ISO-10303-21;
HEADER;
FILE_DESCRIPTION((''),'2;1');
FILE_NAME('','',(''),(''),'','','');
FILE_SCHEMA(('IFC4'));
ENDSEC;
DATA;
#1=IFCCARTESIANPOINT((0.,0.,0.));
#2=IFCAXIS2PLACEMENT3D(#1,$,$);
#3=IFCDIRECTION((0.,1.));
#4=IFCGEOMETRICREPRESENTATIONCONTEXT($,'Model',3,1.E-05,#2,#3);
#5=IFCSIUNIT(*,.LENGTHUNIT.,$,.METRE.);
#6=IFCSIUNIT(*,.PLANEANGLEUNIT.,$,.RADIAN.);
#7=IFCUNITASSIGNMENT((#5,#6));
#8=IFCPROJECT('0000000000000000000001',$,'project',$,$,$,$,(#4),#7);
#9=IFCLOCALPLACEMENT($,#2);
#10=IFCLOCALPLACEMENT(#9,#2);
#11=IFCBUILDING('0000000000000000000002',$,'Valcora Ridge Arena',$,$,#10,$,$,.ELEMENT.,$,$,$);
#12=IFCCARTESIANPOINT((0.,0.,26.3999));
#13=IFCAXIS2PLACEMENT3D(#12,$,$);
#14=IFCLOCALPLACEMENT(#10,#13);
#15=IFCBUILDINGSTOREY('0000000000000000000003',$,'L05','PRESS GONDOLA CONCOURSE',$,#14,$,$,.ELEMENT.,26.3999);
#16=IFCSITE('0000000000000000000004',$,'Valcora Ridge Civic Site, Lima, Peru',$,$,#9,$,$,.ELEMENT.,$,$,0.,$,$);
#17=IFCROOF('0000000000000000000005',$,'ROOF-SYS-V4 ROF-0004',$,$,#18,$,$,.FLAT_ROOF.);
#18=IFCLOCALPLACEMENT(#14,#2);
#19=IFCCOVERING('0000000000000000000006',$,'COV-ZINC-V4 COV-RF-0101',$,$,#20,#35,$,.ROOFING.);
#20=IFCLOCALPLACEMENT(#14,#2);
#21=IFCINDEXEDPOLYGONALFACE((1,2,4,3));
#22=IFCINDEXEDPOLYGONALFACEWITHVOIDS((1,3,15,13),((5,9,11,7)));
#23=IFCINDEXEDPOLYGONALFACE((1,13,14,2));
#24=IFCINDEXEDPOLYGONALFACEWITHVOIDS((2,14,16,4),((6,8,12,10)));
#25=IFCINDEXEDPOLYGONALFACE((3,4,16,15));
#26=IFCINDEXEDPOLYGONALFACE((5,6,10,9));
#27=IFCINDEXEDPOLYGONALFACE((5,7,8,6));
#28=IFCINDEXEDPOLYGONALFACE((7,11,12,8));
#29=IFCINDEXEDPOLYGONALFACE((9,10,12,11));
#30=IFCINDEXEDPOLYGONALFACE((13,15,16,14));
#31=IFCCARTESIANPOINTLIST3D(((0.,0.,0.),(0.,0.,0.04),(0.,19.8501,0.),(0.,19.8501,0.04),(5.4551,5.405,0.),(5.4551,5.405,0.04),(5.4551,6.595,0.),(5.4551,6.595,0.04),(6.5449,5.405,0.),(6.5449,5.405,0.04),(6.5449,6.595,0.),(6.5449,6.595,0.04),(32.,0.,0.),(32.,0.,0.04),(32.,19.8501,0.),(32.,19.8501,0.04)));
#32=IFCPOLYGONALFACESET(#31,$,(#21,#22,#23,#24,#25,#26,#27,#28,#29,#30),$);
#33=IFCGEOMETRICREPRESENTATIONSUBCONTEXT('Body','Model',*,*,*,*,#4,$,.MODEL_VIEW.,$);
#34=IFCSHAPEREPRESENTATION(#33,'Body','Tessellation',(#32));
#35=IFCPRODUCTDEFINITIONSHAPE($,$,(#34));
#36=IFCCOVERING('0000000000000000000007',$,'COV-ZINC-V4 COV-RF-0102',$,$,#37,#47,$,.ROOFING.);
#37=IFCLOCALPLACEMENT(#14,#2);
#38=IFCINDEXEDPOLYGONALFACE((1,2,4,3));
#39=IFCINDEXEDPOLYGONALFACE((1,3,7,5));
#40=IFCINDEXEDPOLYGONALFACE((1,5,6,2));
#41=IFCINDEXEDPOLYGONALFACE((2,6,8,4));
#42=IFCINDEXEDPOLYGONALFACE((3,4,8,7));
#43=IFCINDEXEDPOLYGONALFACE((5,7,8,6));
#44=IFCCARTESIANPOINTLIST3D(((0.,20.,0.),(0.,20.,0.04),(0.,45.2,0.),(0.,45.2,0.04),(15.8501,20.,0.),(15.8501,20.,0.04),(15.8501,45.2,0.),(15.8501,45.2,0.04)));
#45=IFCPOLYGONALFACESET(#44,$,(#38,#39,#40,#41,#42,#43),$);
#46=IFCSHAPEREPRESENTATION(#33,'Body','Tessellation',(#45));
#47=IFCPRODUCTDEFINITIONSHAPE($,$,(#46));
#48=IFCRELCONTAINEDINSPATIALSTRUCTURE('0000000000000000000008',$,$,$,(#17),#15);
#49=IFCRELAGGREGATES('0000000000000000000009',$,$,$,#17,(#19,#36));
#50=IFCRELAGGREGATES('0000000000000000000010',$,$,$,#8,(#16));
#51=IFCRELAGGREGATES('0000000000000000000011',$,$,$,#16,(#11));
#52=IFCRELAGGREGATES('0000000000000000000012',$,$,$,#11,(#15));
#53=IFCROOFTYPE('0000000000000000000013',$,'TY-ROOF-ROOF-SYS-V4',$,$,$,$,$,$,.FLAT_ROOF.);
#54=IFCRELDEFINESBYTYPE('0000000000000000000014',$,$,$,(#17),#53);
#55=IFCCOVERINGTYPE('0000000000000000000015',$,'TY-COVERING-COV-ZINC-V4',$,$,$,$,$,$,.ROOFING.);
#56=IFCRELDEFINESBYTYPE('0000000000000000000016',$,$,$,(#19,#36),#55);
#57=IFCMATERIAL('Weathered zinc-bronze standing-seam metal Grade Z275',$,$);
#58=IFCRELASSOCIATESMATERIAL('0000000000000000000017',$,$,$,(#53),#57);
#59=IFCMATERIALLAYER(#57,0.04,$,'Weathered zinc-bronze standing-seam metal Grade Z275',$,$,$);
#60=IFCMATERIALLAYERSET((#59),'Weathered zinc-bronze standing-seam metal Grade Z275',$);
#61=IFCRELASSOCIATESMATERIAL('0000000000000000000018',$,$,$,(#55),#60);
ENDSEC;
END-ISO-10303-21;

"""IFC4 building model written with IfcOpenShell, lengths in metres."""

from ifc_helpers import new_model, si_unit, direction, frame, origin, place, context, subcontext, project, spatial, polyline, outline, extrude, material, layer, layer_set, type_object, element, aggregate, save


model = new_model("IFC4")

# Units and contexts
model_context = context("Model", 3, precision=1e-05, world=origin(), true_north=direction((0.0, 1.0)))
body_context = subcontext(model_context, "Body", "Model", "MODEL_VIEW")
ifc_project = project(units=[si_unit("LENGTHUNIT", "METRE"), si_unit("PLANEANGLEUNIT", "RADIAN")], contexts=[model_context])

# Site, building, storey
site_placement = place(None, origin())
site = spatial("IfcSite", under=ifc_project, at=site_placement, Name="Valcora Ridge Civic Site, Lima, Peru", CompositionType="ELEMENT", RefElevation=0.0)
building_placement = place(site_placement, origin())
building = spatial("IfcBuilding", under=site, at=building_placement, Name="Valcora Ridge Arena", CompositionType="ELEMENT")
storey_placement = place(building_placement, frame((0.0, 0.0, 26.3999)))
storey = spatial("IfcBuildingStorey", under=building, at=storey_placement, Name="L05", Description="PRESS GONDOLA CONCOURSE", CompositionType="ELEMENT", Elevation=26.3999)

# Shared definitions
ifc_material_1 = material(Name="Weathered zinc-bronze standing-seam metal Grade Z275")

# Roof, coverings
roof_type = type_object("IfcRoofType", Name="TY-ROOF-ROOF-SYS-V4", PredefinedType="FLAT_ROOF", material=ifc_material_1)
roof_placement = place(storey_placement, origin())
roof = element("IfcRoof", 1, at=roof_placement, inside=storey, type_object=roof_type, Name="ROOF-SYS-V4 ROF-0004", PredefinedType="FLAT_ROOF")
ifc_layer_1 = layer(ifc_material_1, 0.04, Name="Weathered zinc-bronze standing-seam metal Grade Z275")
ifc_layer_set_1 = layer_set([ifc_layer_1], Name="Weathered zinc-bronze standing-seam metal Grade Z275")
covering_type_1 = type_object("IfcCoveringType", Name="TY-COVERING-COV-ZINC-V4", PredefinedType="ROOFING", material=ifc_layer_set_1)
covering_1_placement = place(storey_placement, origin())
covering_1 = element("IfcCovering", 2, at=covering_1_placement, type_object=covering_type_1, Name="COV-ZINC-V4 COV-RF-0101", PredefinedType="ROOFING", context=body_context, shape_type="SweptSolid", body=[
    extrude(outline(polyline([(0.0, 0.0), (32.0, 0.0), (32.0, 19.8501), (0.0, 19.8501), (0.0, 0.0)]), holes=[polyline([(6.5449, 6.595), (5.4551, 6.595), (5.4551, 5.405), (6.5449, 5.405), (6.5449, 6.595)])]), origin(), (0.0, 0.0, 1.0), 0.04),
])
covering_2_placement = place(storey_placement, origin())
covering_2 = element("IfcCovering", 3, at=covering_2_placement, type_object=covering_type_1, Name="COV-ZINC-V4 COV-RF-0102", PredefinedType="ROOFING", context=body_context, shape_type="SweptSolid", body=[
    extrude(outline(polyline([(0.0, 20.0), (15.8501, 20.0), (15.8501, 45.2), (0.0, 45.2), (0.0, 20.0)])), origin(), (0.0, 0.0, 1.0), 0.04),
])
aggregate(roof, [covering_1, covering_2])

save(model, "model.ifc")
